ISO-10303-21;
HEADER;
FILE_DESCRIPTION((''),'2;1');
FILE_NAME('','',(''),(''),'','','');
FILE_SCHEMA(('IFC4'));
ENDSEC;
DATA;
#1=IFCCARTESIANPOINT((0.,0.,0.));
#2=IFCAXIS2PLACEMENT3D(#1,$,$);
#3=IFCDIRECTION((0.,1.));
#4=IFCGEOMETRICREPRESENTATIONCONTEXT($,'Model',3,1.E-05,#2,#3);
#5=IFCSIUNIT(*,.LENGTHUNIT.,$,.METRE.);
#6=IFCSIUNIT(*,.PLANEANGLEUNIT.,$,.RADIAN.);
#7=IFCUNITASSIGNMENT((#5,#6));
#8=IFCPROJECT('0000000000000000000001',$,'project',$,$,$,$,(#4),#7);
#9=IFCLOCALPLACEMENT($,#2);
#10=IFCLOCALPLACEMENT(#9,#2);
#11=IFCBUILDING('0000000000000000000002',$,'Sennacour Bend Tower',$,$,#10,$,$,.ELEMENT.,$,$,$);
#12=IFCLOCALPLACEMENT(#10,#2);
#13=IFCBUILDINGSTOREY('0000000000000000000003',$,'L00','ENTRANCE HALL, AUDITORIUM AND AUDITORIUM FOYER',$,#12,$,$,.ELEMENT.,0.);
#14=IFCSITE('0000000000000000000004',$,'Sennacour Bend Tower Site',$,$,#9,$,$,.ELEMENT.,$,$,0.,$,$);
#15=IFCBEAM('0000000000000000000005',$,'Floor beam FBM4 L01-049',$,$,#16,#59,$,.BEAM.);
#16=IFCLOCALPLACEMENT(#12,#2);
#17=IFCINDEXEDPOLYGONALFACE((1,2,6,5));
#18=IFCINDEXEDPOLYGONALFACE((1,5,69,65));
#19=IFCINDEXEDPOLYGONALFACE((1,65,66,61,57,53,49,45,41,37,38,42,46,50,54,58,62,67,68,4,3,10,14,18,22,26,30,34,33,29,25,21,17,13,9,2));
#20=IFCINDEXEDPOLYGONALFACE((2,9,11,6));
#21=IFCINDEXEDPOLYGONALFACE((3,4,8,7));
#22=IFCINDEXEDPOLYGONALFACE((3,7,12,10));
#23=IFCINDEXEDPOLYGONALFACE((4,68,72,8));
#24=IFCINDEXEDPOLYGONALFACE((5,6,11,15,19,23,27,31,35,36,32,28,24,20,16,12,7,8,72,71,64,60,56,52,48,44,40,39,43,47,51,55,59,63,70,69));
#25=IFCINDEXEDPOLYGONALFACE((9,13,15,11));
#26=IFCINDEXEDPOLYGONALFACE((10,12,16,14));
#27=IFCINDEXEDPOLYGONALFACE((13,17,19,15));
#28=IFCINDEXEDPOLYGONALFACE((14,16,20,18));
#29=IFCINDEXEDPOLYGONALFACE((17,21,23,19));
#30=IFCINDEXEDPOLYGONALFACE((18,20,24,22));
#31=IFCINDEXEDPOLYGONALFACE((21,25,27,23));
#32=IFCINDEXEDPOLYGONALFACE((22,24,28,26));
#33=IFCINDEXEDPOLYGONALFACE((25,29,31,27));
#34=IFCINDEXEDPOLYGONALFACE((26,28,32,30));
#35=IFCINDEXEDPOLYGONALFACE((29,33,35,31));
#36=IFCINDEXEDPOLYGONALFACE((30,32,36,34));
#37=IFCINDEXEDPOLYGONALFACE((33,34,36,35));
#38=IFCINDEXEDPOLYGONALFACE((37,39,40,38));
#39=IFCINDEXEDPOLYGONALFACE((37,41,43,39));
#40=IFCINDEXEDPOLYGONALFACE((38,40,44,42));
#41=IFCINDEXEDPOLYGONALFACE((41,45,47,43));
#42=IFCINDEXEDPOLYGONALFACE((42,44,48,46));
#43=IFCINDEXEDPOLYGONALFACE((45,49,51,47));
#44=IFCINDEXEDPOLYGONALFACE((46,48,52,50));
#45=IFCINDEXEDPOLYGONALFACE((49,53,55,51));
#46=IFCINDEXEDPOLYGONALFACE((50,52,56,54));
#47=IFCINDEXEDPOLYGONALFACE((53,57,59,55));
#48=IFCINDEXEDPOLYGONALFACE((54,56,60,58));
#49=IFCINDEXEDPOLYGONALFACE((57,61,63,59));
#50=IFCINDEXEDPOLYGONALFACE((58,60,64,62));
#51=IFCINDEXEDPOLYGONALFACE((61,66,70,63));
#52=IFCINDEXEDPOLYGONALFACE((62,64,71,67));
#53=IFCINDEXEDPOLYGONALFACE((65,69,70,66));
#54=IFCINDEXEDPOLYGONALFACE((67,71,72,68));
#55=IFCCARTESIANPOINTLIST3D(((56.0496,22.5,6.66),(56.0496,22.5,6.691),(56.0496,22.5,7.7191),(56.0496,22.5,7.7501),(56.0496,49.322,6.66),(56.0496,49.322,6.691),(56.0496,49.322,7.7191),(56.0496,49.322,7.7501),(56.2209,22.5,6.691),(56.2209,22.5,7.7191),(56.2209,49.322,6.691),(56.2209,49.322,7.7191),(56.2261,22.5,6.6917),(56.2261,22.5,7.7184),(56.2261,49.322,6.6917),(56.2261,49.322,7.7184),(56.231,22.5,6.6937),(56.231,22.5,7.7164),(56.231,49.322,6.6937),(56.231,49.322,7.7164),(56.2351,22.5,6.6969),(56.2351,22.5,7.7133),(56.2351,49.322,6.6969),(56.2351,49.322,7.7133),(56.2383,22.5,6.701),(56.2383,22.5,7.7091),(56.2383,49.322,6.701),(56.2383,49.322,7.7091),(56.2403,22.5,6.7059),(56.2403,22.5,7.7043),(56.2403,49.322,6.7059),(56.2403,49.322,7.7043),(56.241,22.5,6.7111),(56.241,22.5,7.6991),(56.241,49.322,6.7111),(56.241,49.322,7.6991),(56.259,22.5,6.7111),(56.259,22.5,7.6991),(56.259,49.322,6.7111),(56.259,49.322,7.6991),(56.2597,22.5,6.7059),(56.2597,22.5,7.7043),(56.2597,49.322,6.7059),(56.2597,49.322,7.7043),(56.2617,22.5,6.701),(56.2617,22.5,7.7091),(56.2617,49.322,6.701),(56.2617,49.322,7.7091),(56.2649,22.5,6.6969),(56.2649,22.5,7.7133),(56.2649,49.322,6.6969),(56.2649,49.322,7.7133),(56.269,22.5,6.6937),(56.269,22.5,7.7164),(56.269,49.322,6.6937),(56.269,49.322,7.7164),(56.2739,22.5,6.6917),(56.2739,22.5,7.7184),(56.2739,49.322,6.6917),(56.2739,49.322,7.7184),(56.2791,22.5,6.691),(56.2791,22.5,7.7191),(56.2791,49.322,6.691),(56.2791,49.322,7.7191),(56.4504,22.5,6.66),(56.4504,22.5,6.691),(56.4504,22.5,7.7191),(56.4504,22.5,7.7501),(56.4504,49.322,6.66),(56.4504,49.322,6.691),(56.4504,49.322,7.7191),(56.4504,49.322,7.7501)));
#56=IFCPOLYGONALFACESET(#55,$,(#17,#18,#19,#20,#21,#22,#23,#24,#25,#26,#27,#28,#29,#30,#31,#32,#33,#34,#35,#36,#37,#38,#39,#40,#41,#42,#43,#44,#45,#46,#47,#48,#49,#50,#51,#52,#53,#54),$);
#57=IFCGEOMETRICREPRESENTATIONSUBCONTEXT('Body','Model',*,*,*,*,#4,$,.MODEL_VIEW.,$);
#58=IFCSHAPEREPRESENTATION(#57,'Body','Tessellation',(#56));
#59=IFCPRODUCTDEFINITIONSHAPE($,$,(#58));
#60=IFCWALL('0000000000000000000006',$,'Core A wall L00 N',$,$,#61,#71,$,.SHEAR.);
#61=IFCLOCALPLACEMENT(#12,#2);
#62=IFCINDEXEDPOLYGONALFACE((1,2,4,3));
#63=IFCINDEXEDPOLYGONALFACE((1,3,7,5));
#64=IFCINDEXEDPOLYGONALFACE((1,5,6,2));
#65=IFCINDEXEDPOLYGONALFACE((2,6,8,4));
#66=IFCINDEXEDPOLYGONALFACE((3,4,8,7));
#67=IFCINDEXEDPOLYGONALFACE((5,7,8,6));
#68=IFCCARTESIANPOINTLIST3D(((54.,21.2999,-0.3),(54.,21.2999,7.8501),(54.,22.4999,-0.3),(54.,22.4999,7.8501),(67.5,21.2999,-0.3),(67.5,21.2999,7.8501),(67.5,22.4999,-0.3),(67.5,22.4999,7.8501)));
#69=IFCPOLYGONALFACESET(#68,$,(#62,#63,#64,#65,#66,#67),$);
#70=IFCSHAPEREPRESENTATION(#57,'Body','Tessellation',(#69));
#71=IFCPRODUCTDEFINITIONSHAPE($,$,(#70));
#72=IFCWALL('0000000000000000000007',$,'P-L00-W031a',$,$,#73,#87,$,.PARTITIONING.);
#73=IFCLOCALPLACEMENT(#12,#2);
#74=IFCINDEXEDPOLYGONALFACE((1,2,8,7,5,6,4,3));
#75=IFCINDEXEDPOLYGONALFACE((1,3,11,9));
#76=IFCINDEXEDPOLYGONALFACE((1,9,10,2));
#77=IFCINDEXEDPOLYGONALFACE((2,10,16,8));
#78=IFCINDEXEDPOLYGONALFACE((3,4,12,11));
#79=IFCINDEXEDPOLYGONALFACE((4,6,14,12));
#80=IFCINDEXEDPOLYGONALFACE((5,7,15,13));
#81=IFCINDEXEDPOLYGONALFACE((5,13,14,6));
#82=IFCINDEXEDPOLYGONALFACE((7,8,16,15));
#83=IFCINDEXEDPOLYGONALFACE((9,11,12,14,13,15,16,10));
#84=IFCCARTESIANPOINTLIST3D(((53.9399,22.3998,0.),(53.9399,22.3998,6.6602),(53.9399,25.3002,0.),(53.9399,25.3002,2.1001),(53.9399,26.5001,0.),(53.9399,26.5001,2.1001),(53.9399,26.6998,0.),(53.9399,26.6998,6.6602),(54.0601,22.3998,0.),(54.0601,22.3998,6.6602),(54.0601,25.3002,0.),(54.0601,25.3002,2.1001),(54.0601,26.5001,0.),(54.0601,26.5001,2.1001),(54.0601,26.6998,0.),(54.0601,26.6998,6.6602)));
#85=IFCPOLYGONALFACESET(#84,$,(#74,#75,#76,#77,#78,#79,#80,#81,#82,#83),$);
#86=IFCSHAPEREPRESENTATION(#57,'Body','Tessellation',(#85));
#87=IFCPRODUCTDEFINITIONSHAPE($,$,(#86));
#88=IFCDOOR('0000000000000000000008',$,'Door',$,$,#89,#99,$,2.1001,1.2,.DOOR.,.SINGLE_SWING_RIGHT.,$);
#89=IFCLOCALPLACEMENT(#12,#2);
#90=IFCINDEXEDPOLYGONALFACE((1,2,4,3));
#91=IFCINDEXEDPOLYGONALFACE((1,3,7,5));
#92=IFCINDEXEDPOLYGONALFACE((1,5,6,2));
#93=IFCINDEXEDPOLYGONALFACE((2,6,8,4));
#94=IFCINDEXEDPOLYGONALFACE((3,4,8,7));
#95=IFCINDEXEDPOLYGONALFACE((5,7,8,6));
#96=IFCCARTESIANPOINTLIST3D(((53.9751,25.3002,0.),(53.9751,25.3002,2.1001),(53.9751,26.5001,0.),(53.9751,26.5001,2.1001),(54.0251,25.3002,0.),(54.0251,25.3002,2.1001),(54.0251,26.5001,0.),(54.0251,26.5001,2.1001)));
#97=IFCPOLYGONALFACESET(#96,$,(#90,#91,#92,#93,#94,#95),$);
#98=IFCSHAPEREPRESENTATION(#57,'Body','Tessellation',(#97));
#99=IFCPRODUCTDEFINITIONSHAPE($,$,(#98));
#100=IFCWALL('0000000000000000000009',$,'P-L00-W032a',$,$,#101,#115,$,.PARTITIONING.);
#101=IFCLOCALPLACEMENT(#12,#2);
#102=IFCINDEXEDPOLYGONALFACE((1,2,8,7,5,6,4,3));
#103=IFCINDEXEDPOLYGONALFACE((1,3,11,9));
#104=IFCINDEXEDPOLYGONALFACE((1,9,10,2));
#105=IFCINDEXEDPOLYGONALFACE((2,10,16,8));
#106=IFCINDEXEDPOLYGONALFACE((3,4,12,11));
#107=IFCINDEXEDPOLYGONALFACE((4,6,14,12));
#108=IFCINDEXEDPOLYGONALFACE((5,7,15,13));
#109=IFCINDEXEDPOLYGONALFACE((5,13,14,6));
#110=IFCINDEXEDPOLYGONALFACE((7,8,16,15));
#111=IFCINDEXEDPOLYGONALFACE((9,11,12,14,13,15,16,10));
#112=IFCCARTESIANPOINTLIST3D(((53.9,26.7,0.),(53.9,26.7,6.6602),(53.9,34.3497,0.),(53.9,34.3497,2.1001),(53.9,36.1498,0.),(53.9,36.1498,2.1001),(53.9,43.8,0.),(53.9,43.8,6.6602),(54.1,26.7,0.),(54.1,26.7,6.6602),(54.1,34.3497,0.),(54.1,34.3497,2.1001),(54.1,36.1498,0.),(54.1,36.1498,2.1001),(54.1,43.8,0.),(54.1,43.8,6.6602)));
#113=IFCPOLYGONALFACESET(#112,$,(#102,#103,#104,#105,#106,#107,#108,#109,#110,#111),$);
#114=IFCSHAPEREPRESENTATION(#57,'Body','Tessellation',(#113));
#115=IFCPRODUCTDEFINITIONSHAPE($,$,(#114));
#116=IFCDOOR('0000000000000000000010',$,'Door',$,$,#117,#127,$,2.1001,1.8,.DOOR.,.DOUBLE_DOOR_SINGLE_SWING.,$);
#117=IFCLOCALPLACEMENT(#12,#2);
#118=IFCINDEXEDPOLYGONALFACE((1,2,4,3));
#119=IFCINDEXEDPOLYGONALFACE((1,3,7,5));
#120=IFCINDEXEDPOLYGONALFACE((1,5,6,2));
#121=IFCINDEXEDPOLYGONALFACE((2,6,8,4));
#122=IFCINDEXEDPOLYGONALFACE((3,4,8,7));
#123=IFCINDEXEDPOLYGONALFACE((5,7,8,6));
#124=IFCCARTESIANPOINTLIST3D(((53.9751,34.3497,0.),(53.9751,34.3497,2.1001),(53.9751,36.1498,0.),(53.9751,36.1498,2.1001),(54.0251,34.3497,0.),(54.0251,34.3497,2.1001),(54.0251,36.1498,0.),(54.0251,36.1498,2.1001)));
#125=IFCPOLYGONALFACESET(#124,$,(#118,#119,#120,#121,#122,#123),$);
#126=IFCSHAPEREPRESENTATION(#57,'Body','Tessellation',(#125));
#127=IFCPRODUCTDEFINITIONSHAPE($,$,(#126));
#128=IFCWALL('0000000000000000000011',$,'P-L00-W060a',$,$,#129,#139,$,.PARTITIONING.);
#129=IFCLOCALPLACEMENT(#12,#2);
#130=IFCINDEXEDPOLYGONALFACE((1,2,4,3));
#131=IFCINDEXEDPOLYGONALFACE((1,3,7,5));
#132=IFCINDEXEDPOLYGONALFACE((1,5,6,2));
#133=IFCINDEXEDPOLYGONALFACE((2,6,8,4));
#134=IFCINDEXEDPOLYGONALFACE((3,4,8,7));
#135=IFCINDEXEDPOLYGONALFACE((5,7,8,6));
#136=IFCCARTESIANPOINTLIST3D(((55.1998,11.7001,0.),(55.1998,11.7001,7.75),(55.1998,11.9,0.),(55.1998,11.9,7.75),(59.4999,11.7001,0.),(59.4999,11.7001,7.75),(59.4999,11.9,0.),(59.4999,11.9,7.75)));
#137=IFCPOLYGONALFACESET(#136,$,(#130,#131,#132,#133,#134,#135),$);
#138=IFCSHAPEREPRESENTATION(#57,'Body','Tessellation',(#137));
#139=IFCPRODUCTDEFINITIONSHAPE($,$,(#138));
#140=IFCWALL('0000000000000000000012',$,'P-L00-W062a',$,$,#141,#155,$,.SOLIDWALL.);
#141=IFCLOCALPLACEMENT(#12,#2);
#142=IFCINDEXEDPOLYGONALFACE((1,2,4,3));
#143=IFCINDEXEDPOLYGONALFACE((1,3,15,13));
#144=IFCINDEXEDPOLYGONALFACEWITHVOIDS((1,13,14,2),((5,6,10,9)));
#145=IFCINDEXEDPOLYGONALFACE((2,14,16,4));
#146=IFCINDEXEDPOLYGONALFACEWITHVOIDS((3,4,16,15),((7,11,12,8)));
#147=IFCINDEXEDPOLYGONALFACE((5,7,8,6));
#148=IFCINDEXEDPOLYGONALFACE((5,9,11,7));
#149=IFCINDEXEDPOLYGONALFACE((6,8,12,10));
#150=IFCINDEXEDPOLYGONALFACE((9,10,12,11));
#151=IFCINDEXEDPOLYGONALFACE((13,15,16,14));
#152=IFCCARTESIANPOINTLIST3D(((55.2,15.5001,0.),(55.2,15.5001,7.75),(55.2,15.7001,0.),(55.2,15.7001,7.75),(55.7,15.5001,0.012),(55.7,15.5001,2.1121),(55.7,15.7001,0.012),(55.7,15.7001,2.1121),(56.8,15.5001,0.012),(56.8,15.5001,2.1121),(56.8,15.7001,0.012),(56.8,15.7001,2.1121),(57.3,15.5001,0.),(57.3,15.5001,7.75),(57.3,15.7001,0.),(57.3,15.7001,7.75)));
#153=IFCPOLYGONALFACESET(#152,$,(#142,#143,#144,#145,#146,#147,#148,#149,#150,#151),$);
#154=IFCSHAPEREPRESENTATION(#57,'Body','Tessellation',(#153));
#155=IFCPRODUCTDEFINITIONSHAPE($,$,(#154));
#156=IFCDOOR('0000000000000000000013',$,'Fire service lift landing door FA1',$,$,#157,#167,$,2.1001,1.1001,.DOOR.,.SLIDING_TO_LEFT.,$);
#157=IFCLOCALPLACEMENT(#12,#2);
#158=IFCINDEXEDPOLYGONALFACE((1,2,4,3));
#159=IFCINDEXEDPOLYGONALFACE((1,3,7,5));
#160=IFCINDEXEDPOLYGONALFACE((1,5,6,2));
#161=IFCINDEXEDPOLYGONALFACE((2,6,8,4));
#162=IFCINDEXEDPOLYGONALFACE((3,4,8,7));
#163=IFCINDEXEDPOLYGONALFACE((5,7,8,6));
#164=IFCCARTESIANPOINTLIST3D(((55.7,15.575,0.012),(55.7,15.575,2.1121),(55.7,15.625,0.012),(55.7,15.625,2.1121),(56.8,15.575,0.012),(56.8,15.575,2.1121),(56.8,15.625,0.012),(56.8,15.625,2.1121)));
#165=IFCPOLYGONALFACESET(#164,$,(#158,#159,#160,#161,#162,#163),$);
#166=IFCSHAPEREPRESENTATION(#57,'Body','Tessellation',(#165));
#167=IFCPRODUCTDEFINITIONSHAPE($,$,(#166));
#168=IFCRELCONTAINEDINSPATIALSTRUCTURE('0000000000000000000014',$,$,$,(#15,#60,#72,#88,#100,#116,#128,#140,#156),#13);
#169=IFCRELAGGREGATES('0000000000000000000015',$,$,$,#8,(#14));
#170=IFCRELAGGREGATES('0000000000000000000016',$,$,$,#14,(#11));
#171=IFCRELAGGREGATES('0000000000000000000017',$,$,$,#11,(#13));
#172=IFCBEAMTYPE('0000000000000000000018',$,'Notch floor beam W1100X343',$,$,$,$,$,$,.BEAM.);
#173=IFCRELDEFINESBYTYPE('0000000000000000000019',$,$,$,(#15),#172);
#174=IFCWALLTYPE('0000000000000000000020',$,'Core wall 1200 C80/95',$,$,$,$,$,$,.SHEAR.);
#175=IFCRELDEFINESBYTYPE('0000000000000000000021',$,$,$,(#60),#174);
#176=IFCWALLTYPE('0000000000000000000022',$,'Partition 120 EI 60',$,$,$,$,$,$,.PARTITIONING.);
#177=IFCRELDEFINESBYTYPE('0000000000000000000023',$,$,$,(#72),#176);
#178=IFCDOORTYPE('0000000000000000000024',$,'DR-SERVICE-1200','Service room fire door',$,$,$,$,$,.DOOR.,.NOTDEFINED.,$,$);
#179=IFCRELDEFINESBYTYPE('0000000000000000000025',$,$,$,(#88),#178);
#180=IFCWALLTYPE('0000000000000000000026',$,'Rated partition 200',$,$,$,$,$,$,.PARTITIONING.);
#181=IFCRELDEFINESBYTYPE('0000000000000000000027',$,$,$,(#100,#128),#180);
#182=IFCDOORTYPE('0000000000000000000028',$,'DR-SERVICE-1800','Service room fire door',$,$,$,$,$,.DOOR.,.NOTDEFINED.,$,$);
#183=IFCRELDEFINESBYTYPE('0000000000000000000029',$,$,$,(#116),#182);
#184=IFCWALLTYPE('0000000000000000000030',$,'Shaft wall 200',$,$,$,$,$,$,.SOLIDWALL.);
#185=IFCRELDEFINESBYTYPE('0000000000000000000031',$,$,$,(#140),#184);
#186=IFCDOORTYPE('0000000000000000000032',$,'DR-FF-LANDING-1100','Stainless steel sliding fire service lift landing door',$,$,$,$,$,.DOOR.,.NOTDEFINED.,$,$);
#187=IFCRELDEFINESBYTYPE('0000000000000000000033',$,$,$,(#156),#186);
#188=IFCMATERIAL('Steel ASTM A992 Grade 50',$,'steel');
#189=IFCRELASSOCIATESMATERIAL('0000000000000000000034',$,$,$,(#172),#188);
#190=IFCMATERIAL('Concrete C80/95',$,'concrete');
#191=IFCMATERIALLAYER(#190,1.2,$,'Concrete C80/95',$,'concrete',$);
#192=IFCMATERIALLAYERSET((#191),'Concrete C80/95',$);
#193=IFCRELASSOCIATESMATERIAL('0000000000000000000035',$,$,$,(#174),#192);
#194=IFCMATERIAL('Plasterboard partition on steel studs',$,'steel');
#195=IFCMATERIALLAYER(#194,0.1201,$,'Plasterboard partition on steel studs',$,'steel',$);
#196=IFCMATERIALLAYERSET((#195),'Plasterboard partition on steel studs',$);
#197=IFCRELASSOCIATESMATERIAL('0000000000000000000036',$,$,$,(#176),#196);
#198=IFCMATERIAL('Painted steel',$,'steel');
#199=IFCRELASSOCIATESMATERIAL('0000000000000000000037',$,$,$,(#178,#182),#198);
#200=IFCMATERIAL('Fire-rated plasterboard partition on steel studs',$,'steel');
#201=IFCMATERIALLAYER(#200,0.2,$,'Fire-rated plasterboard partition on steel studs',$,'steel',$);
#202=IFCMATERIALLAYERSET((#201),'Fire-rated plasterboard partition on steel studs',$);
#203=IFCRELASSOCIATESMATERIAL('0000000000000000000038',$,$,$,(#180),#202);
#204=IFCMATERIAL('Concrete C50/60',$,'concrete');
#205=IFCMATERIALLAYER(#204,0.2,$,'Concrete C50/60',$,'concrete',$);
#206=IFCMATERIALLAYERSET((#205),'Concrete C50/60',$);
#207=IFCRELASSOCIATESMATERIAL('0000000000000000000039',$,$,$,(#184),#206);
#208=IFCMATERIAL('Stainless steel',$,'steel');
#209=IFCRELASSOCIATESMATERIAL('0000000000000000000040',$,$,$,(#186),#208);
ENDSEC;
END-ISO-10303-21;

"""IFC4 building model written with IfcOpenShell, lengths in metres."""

from ifc_helpers import new_model, si_unit, direction, frame, frame_2d, origin, origin_2d, place, context, subcontext, project, spatial, rectangle, i_section, extrude, material, layer, layer_set, material_profile, profile_set, type_object, element, fill, save


model = new_model("IFC4")

# Units and contexts
model_context = context("Model", 3, precision=1e-05, world=origin(), true_north=direction((0.0, 1.0)))
body_context = subcontext(model_context, "Body", "Model", "MODEL_VIEW")
ifc_project = project(units=[si_unit("LENGTHUNIT", "METRE"), si_unit("PLANEANGLEUNIT", "RADIAN")], contexts=[model_context])

# Site, building, storey
site_placement = place(None, origin())
site = spatial("IfcSite", under=ifc_project, at=site_placement, Name="Sennacour Bend Tower Site", CompositionType="ELEMENT", RefElevation=0.0)
building_placement = place(site_placement, origin())
building = spatial("IfcBuilding", under=site, at=building_placement, Name="Sennacour Bend Tower", CompositionType="ELEMENT")
storey_placement = place(building_placement, origin())
storey = spatial("IfcBuildingStorey", under=building, at=storey_placement, Name="L00", Description="ENTRANCE HALL, AUDITORIUM AND AUDITORIUM FOYER", CompositionType="ELEMENT", Elevation=0.0)

# Shared definitions
ifc_material_1 = material(Name="Concrete C50/60", Category="concrete")

# Beam
ifc_material_2 = material(Name="Steel ASTM A992 Grade 50", Category="steel")
ifc_material_profile_1 = material_profile(ifc_material_2, i_section(OverallWidth=0.4009, OverallDepth=1.0901, WebThickness=0.0181, FlangeThickness=0.031, FilletRadius=0.02, at=origin_2d()), Name="Steel ASTM A992 Grade 50", Category="steel")
ifc_profile_set_1 = profile_set([ifc_material_profile_1], Name="Steel ASTM A992 Grade 50")
beam_type_1 = type_object("IfcBeamType", Name="Notch floor beam W1100X343", PredefinedType="BEAM", material=ifc_profile_set_1)
beam_1_placement = place(storey_placement, frame((56.25, 22.5, 7.2051), z_axis=(0.0, 1.0, 0.0), x_axis=(-1.0, 0.0, 0.0)))
element("IfcBeam", 1, at=beam_1_placement, inside=storey, type_object=beam_type_1, Name="Floor beam FBM4 L01-049", PredefinedType="BEAM", context=body_context, shape_type="SweptSolid", body=[
    extrude(i_section(OverallWidth=0.4009, OverallDepth=1.0901, WebThickness=0.0181, FlangeThickness=0.031, FilletRadius=0.02, at=origin_2d()), origin(), (0.0, 0.0, 1.0), 26.822),
])

# Wall
ifc_material_3 = material(Name="Concrete C80/95", Category="concrete")
ifc_layer_1 = layer(ifc_material_3, 1.2, Name="Concrete C80/95", Category="concrete")
ifc_layer_set_1 = layer_set([ifc_layer_1], Name="Concrete C80/95")
wall_type_1 = type_object("IfcWallType", Name="Core wall 1200 C80/95", PredefinedType="SHEAR", material=ifc_layer_set_1)
wall_1_placement = place(storey_placement, frame((54.0, 21.8999, -0.3), z_axis=(0.0, 0.0, 1.0), x_axis=(1.0, 0.0, 0.0)))
element("IfcWall", 2, at=wall_1_placement, inside=storey, type_object=wall_type_1, Name="Core A wall L00 N", PredefinedType="SHEAR", context=body_context, shape_type="SweptSolid", body=[
    extrude(rectangle(XDim=13.5, YDim=1.2, at=frame_2d((6.75, 0.0))), origin(), (0.0, 0.0, 1.0), 8.1501),
])

# Walls, openings, doors
ifc_material_4 = material(Name="Plasterboard partition on steel studs", Category="steel")
ifc_layer_2 = layer(ifc_material_4, 0.1201, Name="Plasterboard partition on steel studs", Category="steel")
ifc_layer_set_2 = layer_set([ifc_layer_2], Name="Plasterboard partition on steel studs")
wall_type_2 = type_object("IfcWallType", Name="Partition 120 EI 60", PredefinedType="PARTITIONING", material=ifc_layer_set_2)
wall_2_placement = place(storey_placement, frame((54.0, 22.3999, 0.0), z_axis=(0.0, 0.0, 1.0), x_axis=(0.0, 1.0, 0.0)))
wall_2 = element("IfcWall", 3, at=wall_2_placement, inside=storey, type_object=wall_type_2, Name="P-L00-W031a", PredefinedType="PARTITIONING", context=body_context, shape_type="SweptSolid", body=[
    extrude(rectangle(XDim=4.3, YDim=0.1201, at=frame_2d((2.1499, 0.0))), origin(), (0.0, 0.0, 1.0), 6.6602),
])
opening_1_placement = place(wall_2_placement, frame((2.9001, 0.0, 0.0)))
opening_1 = element("IfcOpeningElement", 4, at=opening_1_placement, cuts=wall_2, PredefinedType="OPENING", context=body_context, shape_type="SweptSolid", body=[
    extrude(rectangle(XDim=1.2, YDim=2.1001, at=frame_2d((0.6001, 1.05))), frame((0.0, 0.0701, 0.0), z_axis=(0.0, -1.0, 0.0), x_axis=(1.0, 0.0, 0.0)), (0.0, 0.0, 1.0), 0.1401),
])
ifc_material_5 = material(Name="Painted steel", Category="steel")
door_type_1 = type_object("IfcDoorType", Name="DR-SERVICE-1200", Description="Service room fire door", OperationType="NOTDEFINED", PredefinedType="DOOR", material=ifc_material_5)
door_1_placement = place(opening_1_placement, origin())
door_1 = element("IfcDoor", 5, at=door_1_placement, inside=storey, type_object=door_type_1, Name="Door", OperationType="SINGLE_SWING_RIGHT", OverallHeight=2.1001, OverallWidth=1.2, PredefinedType="DOOR", context=body_context, shape_type="SweptSolid", body=[
    extrude(rectangle(XDim=1.2, YDim=2.1001, at=frame_2d((0.6001, 1.05))), frame((0.0, 0.0249, 0.0), z_axis=(0.0, -1.0, 0.0), x_axis=(1.0, 0.0, 0.0)), (0.0, 0.0, 1.0), 0.05),
])
fill(opening_1, door_1)
ifc_material_6 = material(Name="Fire-rated plasterboard partition on steel studs", Category="steel")
ifc_layer_3 = layer(ifc_material_6, 0.2, Name="Fire-rated plasterboard partition on steel studs", Category="steel")
ifc_layer_set_3 = layer_set([ifc_layer_3], Name="Fire-rated plasterboard partition on steel studs")
wall_type_3 = type_object("IfcWallType", Name="Rated partition 200", PredefinedType="PARTITIONING", material=ifc_layer_set_3)
wall_3_placement = place(storey_placement, frame((54.0, 26.7, 0.0), z_axis=(0.0, 0.0, 1.0), x_axis=(0.0, 1.0, 0.0)))
wall_3 = element("IfcWall", 6, at=wall_3_placement, inside=storey, type_object=wall_type_3, Name="P-L00-W032a", PredefinedType="PARTITIONING", context=body_context, shape_type="SweptSolid", body=[
    extrude(rectangle(XDim=17.1001, YDim=0.2, at=frame_2d((8.55, 0.0))), origin(), (0.0, 0.0, 1.0), 6.6602),
])
opening_2_placement = place(wall_3_placement, frame((7.6499, 0.0, 0.0)))
opening_2 = element("IfcOpeningElement", 7, at=opening_2_placement, cuts=wall_3, PredefinedType="OPENING", context=body_context, shape_type="SweptSolid", body=[
    extrude(rectangle(XDim=1.8, YDim=2.1001, at=frame_2d((0.8999, 1.05))), frame((0.0, 0.1099, 0.0), z_axis=(0.0, -1.0, 0.0), x_axis=(1.0, 0.0, 0.0)), (0.0, 0.0, 1.0), 0.22),
])
door_type_2 = type_object("IfcDoorType", Name="DR-SERVICE-1800", Description="Service room fire door", OperationType="NOTDEFINED", PredefinedType="DOOR", material=ifc_material_5)
door_2_placement = place(opening_2_placement, origin())
door_2 = element("IfcDoor", 8, at=door_2_placement, inside=storey, type_object=door_type_2, Name="Door", OperationType="DOUBLE_DOOR_SINGLE_SWING", OverallHeight=2.1001, OverallWidth=1.8, PredefinedType="DOOR", context=body_context, shape_type="SweptSolid", body=[
    extrude(rectangle(XDim=1.8, YDim=2.1001, at=frame_2d((0.8999, 1.05))), frame((0.0, 0.0249, 0.0), z_axis=(0.0, -1.0, 0.0), x_axis=(1.0, 0.0, 0.0)), (0.0, 0.0, 1.0), 0.05),
])
fill(opening_2, door_2)

# Wall
wall_4_placement = place(storey_placement, frame((55.2, 11.8, 0.0), z_axis=(0.0, 0.0, 1.0), x_axis=(1.0, 0.0, 0.0)))
element("IfcWall", 9, at=wall_4_placement, inside=storey, type_object=wall_type_3, Name="P-L00-W060a", PredefinedType="PARTITIONING", context=body_context, shape_type="SweptSolid", body=[
    extrude(rectangle(XDim=4.3, YDim=0.2, at=frame_2d((2.1499, 0.0))), origin(), (0.0, 0.0, 1.0), 7.75),
])

# Wall, opening, door
ifc_layer_4 = layer(ifc_material_1, 0.2, Name="Concrete C50/60", Category="concrete")
ifc_layer_set_4 = layer_set([ifc_layer_4], Name="Concrete C50/60")
wall_type_4 = type_object("IfcWallType", Name="Shaft wall 200", PredefinedType="SOLIDWALL", material=ifc_layer_set_4)
wall_5_placement = place(storey_placement, frame((55.2, 15.6001, 0.0), z_axis=(0.0, 0.0, 1.0), x_axis=(1.0, 0.0, 0.0)))
wall_5 = element("IfcWall", 10, at=wall_5_placement, inside=storey, type_object=wall_type_4, Name="P-L00-W062a", PredefinedType="SOLIDWALL", context=body_context, shape_type="SweptSolid", body=[
    extrude(rectangle(XDim=2.1001, YDim=0.2, at=frame_2d((1.05, 0.0))), origin(), (0.0, 0.0, 1.0), 7.75),
])
opening_3_placement = place(wall_5_placement, frame((0.5, 0.0, 0.012)))
opening_3 = element("IfcOpeningElement", 11, at=opening_3_placement, cuts=wall_5, PredefinedType="OPENING", context=body_context, shape_type="SweptSolid", body=[
    extrude(rectangle(XDim=1.1001, YDim=2.1001, at=frame_2d((0.55, 1.05))), frame((0.0, 0.1099, 0.0), z_axis=(0.0, -1.0, 0.0), x_axis=(1.0, 0.0, 0.0)), (0.0, 0.0, 1.0), 0.22),
])
ifc_material_7 = material(Name="Stainless steel", Category="steel")
door_type_3 = type_object("IfcDoorType", Name="DR-FF-LANDING-1100", Description="Stainless steel sliding fire service lift landing door", OperationType="NOTDEFINED", PredefinedType="DOOR", material=ifc_material_7)
door_3_placement = place(opening_3_placement, origin())
door_3 = element("IfcDoor", 12, at=door_3_placement, inside=storey, type_object=door_type_3, Name="Fire service lift landing door FA1", OperationType="SLIDING_TO_LEFT", OverallHeight=2.1001, OverallWidth=1.1001, PredefinedType="DOOR", context=body_context, shape_type="SweptSolid", body=[
    extrude(rectangle(XDim=1.1001, YDim=2.1001, at=frame_2d((0.55, 1.05))), frame((0.0, 0.0249, 0.0), z_axis=(0.0, -1.0, 0.0), x_axis=(1.0, 0.0, 0.0)), (0.0, 0.0, 1.0), 0.05),
])
fill(opening_3, door_3)

save(model, "model.ifc")
